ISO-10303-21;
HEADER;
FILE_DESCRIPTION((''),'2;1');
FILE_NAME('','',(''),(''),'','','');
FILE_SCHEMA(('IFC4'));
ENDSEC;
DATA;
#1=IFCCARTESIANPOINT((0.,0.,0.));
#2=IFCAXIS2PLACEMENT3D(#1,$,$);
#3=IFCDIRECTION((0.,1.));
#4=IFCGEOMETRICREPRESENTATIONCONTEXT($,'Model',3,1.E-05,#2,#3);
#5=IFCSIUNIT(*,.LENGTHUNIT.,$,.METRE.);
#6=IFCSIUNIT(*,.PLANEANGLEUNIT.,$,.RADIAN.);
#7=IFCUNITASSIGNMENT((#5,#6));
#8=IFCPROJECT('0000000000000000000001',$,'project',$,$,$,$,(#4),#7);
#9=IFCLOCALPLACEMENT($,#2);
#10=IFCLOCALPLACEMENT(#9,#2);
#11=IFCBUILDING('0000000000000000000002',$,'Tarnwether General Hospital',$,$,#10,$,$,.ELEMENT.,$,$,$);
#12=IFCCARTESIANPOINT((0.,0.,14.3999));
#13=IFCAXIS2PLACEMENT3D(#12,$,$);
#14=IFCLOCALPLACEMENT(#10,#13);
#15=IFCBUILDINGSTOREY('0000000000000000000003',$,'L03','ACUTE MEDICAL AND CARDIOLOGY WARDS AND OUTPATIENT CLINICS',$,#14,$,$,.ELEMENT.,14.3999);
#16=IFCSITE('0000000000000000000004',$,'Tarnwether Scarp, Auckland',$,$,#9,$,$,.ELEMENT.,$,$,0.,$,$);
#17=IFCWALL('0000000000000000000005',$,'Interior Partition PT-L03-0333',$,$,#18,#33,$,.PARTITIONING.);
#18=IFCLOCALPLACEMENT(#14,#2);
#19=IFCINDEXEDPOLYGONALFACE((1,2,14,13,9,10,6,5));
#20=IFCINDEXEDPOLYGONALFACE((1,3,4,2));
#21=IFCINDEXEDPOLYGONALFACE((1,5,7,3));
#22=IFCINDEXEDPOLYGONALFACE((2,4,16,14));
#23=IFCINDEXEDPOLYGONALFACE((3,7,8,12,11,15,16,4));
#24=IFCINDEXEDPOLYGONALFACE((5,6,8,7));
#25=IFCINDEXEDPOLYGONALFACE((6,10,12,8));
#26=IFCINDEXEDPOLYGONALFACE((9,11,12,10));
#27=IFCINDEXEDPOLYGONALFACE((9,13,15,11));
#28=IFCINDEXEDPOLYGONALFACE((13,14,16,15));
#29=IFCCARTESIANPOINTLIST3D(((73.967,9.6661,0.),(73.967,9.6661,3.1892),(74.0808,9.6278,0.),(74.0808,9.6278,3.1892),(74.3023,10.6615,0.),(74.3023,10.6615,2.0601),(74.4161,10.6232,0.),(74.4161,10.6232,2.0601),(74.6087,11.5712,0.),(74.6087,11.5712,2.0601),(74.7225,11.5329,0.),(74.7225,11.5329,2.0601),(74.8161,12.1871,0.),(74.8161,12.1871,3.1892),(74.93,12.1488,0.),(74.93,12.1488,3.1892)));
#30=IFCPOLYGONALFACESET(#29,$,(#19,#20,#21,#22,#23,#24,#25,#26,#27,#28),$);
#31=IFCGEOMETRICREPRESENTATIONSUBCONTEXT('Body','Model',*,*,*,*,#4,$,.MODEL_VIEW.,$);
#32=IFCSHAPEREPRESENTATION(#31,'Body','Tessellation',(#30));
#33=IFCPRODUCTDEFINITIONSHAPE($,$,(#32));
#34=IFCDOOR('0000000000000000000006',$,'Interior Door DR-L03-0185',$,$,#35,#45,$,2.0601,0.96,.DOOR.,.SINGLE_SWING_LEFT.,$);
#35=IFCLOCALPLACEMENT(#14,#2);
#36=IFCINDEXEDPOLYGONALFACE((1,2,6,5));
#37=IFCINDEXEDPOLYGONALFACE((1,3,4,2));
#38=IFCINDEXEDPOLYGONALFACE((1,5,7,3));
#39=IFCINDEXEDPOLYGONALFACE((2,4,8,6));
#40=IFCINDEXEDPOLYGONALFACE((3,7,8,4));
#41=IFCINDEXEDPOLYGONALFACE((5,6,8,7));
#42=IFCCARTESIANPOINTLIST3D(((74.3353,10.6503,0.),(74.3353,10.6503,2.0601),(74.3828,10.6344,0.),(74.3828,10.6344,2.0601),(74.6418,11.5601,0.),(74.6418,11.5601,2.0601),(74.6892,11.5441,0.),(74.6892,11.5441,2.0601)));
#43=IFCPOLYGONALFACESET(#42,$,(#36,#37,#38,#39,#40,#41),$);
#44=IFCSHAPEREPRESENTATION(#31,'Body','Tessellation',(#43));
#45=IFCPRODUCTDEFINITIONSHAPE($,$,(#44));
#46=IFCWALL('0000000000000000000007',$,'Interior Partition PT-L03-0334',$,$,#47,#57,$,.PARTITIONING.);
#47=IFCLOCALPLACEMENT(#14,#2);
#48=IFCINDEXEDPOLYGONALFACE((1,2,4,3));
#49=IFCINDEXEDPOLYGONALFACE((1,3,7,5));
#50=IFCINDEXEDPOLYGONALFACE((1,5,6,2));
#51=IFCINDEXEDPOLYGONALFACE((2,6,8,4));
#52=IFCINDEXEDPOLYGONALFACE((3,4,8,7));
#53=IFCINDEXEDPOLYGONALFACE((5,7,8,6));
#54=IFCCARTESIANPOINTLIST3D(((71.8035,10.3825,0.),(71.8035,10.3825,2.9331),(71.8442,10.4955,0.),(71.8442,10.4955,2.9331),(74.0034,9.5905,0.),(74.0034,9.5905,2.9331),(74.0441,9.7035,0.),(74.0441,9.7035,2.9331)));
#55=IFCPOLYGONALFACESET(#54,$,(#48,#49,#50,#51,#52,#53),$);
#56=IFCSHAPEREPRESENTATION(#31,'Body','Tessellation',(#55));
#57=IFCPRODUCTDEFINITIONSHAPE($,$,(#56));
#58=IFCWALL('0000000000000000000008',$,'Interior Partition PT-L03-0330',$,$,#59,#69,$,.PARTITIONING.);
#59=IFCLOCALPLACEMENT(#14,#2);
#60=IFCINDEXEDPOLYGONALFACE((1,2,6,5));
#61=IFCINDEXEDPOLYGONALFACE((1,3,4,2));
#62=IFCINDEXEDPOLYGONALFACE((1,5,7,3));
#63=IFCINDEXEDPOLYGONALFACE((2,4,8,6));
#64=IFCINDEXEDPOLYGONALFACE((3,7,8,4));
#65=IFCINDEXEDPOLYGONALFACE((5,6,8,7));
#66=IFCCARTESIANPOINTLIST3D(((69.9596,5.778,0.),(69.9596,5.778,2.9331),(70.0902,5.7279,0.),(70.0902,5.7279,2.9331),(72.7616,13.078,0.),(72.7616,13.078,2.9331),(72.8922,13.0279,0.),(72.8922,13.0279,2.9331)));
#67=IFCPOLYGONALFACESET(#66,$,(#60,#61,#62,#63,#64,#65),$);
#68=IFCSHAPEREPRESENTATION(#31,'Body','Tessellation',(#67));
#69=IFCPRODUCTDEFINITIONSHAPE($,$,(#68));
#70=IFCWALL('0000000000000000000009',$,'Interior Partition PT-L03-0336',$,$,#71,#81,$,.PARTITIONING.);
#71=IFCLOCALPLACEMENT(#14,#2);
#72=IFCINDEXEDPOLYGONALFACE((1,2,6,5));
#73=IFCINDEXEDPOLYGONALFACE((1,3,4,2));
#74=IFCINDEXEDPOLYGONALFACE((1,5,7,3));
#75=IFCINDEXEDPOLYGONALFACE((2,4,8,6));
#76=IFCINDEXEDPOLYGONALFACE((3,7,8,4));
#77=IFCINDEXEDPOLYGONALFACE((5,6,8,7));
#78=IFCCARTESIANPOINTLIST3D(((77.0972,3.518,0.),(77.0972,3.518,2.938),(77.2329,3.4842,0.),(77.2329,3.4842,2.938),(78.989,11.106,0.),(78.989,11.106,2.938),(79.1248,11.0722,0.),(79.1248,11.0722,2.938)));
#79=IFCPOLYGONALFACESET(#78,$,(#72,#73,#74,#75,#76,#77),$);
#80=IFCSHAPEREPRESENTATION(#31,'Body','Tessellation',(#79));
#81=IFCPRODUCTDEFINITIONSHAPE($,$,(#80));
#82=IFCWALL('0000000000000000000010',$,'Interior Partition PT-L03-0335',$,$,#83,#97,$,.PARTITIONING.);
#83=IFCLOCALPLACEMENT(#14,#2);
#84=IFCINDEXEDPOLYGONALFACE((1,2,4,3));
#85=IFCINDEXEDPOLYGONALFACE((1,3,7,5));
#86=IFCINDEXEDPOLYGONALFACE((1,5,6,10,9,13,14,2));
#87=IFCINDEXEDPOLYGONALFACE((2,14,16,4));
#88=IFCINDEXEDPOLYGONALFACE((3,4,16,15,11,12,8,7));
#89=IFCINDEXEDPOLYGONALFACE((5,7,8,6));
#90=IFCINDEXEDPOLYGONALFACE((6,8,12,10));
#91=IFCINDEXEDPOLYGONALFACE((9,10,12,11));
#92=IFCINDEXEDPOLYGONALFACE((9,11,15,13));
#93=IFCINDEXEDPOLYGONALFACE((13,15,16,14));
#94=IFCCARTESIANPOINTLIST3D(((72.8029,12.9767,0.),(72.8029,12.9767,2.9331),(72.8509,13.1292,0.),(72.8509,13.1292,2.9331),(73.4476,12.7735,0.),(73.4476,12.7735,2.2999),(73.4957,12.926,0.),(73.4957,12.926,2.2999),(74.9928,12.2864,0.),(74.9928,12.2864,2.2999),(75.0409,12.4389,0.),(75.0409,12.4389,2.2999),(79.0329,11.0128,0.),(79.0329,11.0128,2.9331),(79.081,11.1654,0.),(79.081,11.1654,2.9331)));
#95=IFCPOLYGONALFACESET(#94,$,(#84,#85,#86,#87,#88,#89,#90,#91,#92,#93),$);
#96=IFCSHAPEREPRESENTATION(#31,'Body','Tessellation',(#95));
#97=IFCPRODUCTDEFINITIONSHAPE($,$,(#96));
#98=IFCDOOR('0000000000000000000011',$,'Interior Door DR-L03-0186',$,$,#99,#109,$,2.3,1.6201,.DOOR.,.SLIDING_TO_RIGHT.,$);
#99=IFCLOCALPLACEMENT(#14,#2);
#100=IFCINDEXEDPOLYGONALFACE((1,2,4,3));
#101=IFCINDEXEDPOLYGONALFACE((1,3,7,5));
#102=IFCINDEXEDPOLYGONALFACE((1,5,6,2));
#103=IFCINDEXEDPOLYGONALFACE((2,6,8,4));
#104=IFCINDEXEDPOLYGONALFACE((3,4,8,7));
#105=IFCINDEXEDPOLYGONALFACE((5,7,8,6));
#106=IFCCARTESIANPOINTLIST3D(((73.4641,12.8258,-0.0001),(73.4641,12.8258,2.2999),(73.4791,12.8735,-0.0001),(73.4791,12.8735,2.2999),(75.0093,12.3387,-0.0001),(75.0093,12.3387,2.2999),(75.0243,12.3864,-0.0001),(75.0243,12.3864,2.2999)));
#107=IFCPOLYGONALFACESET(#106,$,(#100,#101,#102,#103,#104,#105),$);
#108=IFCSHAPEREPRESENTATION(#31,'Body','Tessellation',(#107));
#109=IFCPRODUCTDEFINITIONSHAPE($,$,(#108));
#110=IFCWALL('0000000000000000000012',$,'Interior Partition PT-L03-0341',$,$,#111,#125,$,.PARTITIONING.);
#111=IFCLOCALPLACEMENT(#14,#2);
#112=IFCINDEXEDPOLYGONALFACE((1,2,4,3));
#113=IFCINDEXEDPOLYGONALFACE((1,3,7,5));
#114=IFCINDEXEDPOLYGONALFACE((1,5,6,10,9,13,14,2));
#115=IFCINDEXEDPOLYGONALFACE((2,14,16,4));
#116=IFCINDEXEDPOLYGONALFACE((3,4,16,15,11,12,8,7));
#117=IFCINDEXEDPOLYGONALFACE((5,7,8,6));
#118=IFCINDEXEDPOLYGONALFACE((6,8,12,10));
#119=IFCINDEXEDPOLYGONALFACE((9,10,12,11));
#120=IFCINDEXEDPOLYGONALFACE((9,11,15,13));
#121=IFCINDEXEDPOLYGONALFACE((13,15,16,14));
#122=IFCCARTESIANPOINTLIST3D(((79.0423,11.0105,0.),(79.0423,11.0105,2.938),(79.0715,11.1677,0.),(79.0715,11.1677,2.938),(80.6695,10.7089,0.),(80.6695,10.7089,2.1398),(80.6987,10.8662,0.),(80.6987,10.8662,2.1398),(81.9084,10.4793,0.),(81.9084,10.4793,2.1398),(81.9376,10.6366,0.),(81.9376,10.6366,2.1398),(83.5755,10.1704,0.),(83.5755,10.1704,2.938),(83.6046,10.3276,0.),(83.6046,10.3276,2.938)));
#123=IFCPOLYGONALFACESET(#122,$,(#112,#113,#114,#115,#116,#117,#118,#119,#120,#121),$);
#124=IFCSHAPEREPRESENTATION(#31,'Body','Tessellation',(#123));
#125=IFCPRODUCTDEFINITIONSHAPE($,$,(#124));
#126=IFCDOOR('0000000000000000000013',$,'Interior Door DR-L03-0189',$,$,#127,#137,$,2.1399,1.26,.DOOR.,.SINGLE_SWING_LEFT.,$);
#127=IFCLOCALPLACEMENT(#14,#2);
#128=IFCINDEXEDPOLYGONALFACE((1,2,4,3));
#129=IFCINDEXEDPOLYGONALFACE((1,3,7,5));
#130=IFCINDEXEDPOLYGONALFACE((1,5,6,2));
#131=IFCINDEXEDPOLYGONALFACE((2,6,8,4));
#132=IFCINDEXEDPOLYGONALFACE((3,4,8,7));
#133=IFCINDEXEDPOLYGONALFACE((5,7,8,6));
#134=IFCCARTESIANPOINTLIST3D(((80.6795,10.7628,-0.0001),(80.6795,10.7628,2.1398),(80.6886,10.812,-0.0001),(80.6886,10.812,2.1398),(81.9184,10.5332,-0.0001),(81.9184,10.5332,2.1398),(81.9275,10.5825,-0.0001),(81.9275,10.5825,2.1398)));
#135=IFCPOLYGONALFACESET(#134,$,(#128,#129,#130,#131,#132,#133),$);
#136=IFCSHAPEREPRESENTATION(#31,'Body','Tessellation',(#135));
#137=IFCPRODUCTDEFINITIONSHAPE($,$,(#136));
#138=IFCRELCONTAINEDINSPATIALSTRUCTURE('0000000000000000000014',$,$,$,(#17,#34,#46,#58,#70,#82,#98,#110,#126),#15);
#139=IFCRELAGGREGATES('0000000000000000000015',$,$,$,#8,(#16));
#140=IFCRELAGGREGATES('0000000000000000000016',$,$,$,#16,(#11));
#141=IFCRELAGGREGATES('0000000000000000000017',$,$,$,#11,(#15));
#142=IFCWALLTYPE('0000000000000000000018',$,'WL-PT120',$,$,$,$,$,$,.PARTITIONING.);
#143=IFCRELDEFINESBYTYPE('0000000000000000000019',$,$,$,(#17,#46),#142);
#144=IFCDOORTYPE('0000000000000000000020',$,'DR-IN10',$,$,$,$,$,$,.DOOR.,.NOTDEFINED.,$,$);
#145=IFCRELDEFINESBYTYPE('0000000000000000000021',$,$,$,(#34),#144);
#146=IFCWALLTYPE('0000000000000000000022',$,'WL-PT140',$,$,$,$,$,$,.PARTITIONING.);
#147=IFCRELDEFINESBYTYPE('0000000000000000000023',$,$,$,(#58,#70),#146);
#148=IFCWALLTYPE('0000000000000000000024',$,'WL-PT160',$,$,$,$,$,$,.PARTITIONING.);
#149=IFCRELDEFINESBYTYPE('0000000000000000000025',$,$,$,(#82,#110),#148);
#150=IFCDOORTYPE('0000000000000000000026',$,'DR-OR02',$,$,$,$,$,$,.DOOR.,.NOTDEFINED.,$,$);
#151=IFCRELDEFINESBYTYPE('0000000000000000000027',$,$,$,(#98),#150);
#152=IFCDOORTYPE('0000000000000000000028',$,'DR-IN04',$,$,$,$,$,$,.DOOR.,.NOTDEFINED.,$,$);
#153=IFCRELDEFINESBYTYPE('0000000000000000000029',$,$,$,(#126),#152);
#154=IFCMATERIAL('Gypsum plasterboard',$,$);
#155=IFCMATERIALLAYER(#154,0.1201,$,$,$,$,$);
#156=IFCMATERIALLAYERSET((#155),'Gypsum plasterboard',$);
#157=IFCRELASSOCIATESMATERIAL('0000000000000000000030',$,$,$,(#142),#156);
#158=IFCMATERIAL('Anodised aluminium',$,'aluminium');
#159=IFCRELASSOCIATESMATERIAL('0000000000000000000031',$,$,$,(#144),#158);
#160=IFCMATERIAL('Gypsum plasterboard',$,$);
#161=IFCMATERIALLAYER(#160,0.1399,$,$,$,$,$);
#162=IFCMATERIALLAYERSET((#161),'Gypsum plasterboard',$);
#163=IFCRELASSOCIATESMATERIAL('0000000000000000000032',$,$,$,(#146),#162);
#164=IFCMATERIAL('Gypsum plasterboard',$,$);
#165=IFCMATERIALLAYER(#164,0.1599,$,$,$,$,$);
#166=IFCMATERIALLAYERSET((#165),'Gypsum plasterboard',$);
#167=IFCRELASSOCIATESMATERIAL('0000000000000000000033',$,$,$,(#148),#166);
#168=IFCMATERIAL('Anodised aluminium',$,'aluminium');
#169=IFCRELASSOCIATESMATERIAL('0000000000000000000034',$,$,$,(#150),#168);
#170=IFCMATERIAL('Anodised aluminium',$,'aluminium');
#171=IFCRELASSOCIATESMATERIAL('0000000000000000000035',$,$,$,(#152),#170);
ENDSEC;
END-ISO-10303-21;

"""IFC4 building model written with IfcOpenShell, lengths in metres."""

from ifc_helpers import new_model, si_unit, direction, frame, frame_2d, origin, place, context, subcontext, project, spatial, rectangle, extrude, material, layer, layer_set, type_object, element, fill, save


model = new_model("IFC4")

# Units and contexts
model_context = context("Model", 3, precision=1e-05, world=origin(), true_north=direction((0.0, 1.0)))
body_context = subcontext(model_context, "Body", "Model", "MODEL_VIEW")
ifc_project = project(units=[si_unit("LENGTHUNIT", "METRE"), si_unit("PLANEANGLEUNIT", "RADIAN")], contexts=[model_context])

# Site, building, storey
site_placement = place(None, origin())
site = spatial("IfcSite", under=ifc_project, at=site_placement, Name="Tarnwether Scarp, Auckland", CompositionType="ELEMENT", RefElevation=0.0)
building_placement = place(site_placement, origin())
building = spatial("IfcBuilding", under=site, at=building_placement, Name="Tarnwether General Hospital", CompositionType="ELEMENT")
storey_placement = place(building_placement, frame((0.0, 0.0, 14.3999)))
storey = spatial("IfcBuildingStorey", under=building, at=storey_placement, Name="L03", Description="ACUTE MEDICAL AND CARDIOLOGY WARDS AND OUTPATIENT CLINICS", CompositionType="ELEMENT", Elevation=14.3999)

# Wall, opening, door
ifc_material_1 = material(Name="Gypsum plasterboard")
ifc_layer_1 = layer(ifc_material_1, 0.1201)
ifc_layer_set_1 = layer_set([ifc_layer_1], Name="Gypsum plasterboard")
wall_type_1 = type_object("IfcWallType", Name="WL-PT120", PredefinedType="PARTITIONING", material=ifc_layer_set_1)
wall_1_placement = place(storey_placement, frame((74.873, 12.168, 0.0), z_axis=(0.0, 0.0, 1.0), x_axis=(-0.3192, -0.947687, 0.0)))
wall_1 = element("IfcWall", 1, at=wall_1_placement, inside=storey, type_object=wall_type_1, Name="Interior Partition PT-L03-0333", PredefinedType="PARTITIONING", context=body_context, shape_type="SweptSolid", body=[
    extrude(rectangle(XDim=2.6602, YDim=0.1201, at=frame_2d((1.3301, 0.0))), origin(), (0.0, 0.0, 1.0), 3.1892),
])
opening_1_placement = place(wall_1_placement, frame((0.6499, 0.0, 0.0)))
opening_1 = element("IfcOpeningElement", 2, at=opening_1_placement, cuts=wall_1, PredefinedType="OPENING", context=body_context, shape_type="SweptSolid", body=[
    extrude(rectangle(XDim=0.96, YDim=2.0601, at=frame_2d((0.48, 1.03))), frame((0.0, 0.0701, 0.0), z_axis=(0.0, -1.0, 0.0), x_axis=(1.0, 0.0, 0.0)), (0.0, 0.0, 1.0), 0.1401),
])
ifc_material_2 = material(Name="Anodised aluminium", Category="aluminium")
door_type_1 = type_object("IfcDoorType", Name="DR-IN10", OperationType="NOTDEFINED", PredefinedType="DOOR", material=ifc_material_2)
door_1_placement = place(opening_1_placement, origin())
door_1 = element("IfcDoor", 3, at=door_1_placement, inside=storey, type_object=door_type_1, Name="Interior Door DR-L03-0185", OperationType="SINGLE_SWING_LEFT", OverallHeight=2.0601, OverallWidth=0.96, PredefinedType="DOOR", context=body_context, shape_type="SweptSolid", body=[
    extrude(rectangle(XDim=0.96, YDim=2.0601, at=frame_2d((0.48, 1.03))), frame((0.0, 0.0249, 0.0), z_axis=(0.0, -1.0, 0.0), x_axis=(1.0, 0.0, 0.0)), (0.0, 0.0, 1.0), 0.05),
])
fill(opening_1, door_1)

# Walls
wall_2_placement = place(storey_placement, frame((71.824, 10.439, 0.0), z_axis=(0.0, 0.0, 1.0), x_axis=(0.940886, -0.338723, 0.0)))
element("IfcWall", 4, at=wall_2_placement, inside=storey, type_object=wall_type_1, Name="Interior Partition PT-L03-0334", PredefinedType="PARTITIONING", context=body_context, shape_type="SweptSolid", body=[
    extrude(rectangle(XDim=2.3381, YDim=0.1201, at=frame_2d((1.1689, 0.0))), origin(), (0.0, 0.0, 1.0), 2.9331),
])
ifc_material_3 = material(Name="Gypsum plasterboard")
ifc_layer_2 = layer(ifc_material_3, 0.1399)
ifc_layer_set_2 = layer_set([ifc_layer_2], Name="Gypsum plasterboard")
wall_type_2 = type_object("IfcWallType", Name="WL-PT140", PredefinedType="PARTITIONING", material=ifc_layer_set_2)
wall_3_placement = place(storey_placement, frame((72.8269, 13.053, 0.0), z_axis=(0.0, 0.0, 1.0), x_axis=(-0.358343, -0.93359, 0.0)))
element("IfcWall", 5, at=wall_3_placement, inside=storey, type_object=wall_type_2, Name="Interior Partition PT-L03-0330", PredefinedType="PARTITIONING", context=body_context, shape_type="SweptSolid", body=[
    extrude(rectangle(XDim=7.8193, YDim=0.1399, at=frame_2d((3.9097, 0.0))), origin(), (0.0, 0.0, 1.0), 2.9331),
])
wall_4_placement = place(storey_placement, frame((79.0569, 11.0891, 0.0), z_axis=(0.0, 0.0, 1.0), x_axis=(-0.241911, -0.970298, 0.0)))
element("IfcWall", 6, at=wall_4_placement, inside=storey, type_object=wall_type_2, Name="Interior Partition PT-L03-0336", PredefinedType="PARTITIONING", context=body_context, shape_type="SweptSolid", body=[
    extrude(rectangle(XDim=7.8203, YDim=0.1399, at=frame_2d((3.9102, 0.0))), origin(), (0.0, 0.0, 1.0), 2.938),
])

# Walls, openings, doors
ifc_material_4 = material(Name="Gypsum plasterboard")
ifc_layer_3 = layer(ifc_material_4, 0.1599)
ifc_layer_set_3 = layer_set([ifc_layer_3], Name="Gypsum plasterboard")
wall_type_3 = type_object("IfcWallType", Name="WL-PT160", PredefinedType="PARTITIONING", material=ifc_layer_set_3)
wall_5_placement = place(storey_placement, frame((72.8269, 13.053, 0.0), z_axis=(0.0, 0.0, 1.0), x_axis=(0.953736, -0.300645, 0.0)))
wall_5 = element("IfcWall", 7, at=wall_5_placement, inside=storey, type_object=wall_type_3, Name="Interior Partition PT-L03-0335", PredefinedType="PARTITIONING", context=body_context, shape_type="SweptSolid", body=[
    extrude(rectangle(XDim=6.5322, YDim=0.1599, at=frame_2d((3.2661, 0.0))), origin(), (0.0, 0.0, 1.0), 2.9331),
])
opening_2_placement = place(wall_5_placement, frame((0.676, 0.0, 0.0)))
opening_2 = element("IfcOpeningElement", 8, at=opening_2_placement, cuts=wall_5, PredefinedType="OPENING", context=body_context, shape_type="SweptSolid", body=[
    extrude(rectangle(XDim=1.6201, YDim=2.3, at=frame_2d((0.8101, 1.1499))), frame((0.0, 0.0898, 0.0), z_axis=(0.0, -1.0, 0.0), x_axis=(1.0, 0.0, 0.0)), (0.0, 0.0, 1.0), 0.1799),
])
ifc_material_5 = material(Name="Anodised aluminium", Category="aluminium")
door_type_2 = type_object("IfcDoorType", Name="DR-OR02", OperationType="NOTDEFINED", PredefinedType="DOOR", material=ifc_material_5)
door_2_placement = place(opening_2_placement, origin())
door_2 = element("IfcDoor", 9, at=door_2_placement, inside=storey, type_object=door_type_2, Name="Interior Door DR-L03-0186", OperationType="SLIDING_TO_RIGHT", OverallHeight=2.3, OverallWidth=1.6201, PredefinedType="DOOR", context=body_context, shape_type="SweptSolid", body=[
    extrude(rectangle(XDim=1.6201, YDim=2.3, at=frame_2d((0.8101, 1.1499))), frame((0.0, 0.0249, 0.0), z_axis=(0.0, -1.0, 0.0), x_axis=(1.0, 0.0, 0.0)), (0.0, 0.0, 1.0), 0.05),
])
fill(opening_2, door_2)
wall_6_placement = place(storey_placement, frame((79.0569, 11.0891, 0.0), z_axis=(0.0, 0.0, 1.0), x_axis=(0.983258, -0.182216, 0.0)))
wall_6 = element("IfcWall", 10, at=wall_6_placement, inside=storey, type_object=wall_type_3, Name="Interior Partition PT-L03-0341", PredefinedType="PARTITIONING", context=body_context, shape_type="SweptSolid", body=[
    extrude(rectangle(XDim=4.6104, YDim=0.1599, at=frame_2d((2.3052, 0.0))), origin(), (0.0, 0.0, 1.0), 2.938),
])
opening_3_placement = place(wall_6_placement, frame((1.655, 0.0, 0.0)))
opening_3 = element("IfcOpeningElement", 11, at=opening_3_placement, cuts=wall_6, PredefinedType="OPENING", context=body_context, shape_type="SweptSolid", body=[
    extrude(rectangle(XDim=1.26, YDim=2.1399, at=frame_2d((0.6299, 1.0698))), frame((0.0, 0.0898, 0.0), z_axis=(0.0, -1.0, 0.0), x_axis=(1.0, 0.0, 0.0)), (0.0, 0.0, 1.0), 0.1799),
])
ifc_material_6 = material(Name="Anodised aluminium", Category="aluminium")
door_type_3 = type_object("IfcDoorType", Name="DR-IN04", OperationType="NOTDEFINED", PredefinedType="DOOR", material=ifc_material_6)
door_3_placement = place(opening_3_placement, origin())
door_3 = element("IfcDoor", 12, at=door_3_placement, inside=storey, type_object=door_type_3, Name="Interior Door DR-L03-0189", OperationType="SINGLE_SWING_LEFT", OverallHeight=2.1399, OverallWidth=1.26, PredefinedType="DOOR", context=body_context, shape_type="SweptSolid", body=[
    extrude(rectangle(XDim=1.26, YDim=2.1399, at=frame_2d((0.6299, 1.0698))), frame((0.0, 0.0249, 0.0), z_axis=(0.0, -1.0, 0.0), x_axis=(1.0, 0.0, 0.0)), (0.0, 0.0, 1.0), 0.05),
])
fill(opening_3, door_3)

save(model, "model.ifc")
